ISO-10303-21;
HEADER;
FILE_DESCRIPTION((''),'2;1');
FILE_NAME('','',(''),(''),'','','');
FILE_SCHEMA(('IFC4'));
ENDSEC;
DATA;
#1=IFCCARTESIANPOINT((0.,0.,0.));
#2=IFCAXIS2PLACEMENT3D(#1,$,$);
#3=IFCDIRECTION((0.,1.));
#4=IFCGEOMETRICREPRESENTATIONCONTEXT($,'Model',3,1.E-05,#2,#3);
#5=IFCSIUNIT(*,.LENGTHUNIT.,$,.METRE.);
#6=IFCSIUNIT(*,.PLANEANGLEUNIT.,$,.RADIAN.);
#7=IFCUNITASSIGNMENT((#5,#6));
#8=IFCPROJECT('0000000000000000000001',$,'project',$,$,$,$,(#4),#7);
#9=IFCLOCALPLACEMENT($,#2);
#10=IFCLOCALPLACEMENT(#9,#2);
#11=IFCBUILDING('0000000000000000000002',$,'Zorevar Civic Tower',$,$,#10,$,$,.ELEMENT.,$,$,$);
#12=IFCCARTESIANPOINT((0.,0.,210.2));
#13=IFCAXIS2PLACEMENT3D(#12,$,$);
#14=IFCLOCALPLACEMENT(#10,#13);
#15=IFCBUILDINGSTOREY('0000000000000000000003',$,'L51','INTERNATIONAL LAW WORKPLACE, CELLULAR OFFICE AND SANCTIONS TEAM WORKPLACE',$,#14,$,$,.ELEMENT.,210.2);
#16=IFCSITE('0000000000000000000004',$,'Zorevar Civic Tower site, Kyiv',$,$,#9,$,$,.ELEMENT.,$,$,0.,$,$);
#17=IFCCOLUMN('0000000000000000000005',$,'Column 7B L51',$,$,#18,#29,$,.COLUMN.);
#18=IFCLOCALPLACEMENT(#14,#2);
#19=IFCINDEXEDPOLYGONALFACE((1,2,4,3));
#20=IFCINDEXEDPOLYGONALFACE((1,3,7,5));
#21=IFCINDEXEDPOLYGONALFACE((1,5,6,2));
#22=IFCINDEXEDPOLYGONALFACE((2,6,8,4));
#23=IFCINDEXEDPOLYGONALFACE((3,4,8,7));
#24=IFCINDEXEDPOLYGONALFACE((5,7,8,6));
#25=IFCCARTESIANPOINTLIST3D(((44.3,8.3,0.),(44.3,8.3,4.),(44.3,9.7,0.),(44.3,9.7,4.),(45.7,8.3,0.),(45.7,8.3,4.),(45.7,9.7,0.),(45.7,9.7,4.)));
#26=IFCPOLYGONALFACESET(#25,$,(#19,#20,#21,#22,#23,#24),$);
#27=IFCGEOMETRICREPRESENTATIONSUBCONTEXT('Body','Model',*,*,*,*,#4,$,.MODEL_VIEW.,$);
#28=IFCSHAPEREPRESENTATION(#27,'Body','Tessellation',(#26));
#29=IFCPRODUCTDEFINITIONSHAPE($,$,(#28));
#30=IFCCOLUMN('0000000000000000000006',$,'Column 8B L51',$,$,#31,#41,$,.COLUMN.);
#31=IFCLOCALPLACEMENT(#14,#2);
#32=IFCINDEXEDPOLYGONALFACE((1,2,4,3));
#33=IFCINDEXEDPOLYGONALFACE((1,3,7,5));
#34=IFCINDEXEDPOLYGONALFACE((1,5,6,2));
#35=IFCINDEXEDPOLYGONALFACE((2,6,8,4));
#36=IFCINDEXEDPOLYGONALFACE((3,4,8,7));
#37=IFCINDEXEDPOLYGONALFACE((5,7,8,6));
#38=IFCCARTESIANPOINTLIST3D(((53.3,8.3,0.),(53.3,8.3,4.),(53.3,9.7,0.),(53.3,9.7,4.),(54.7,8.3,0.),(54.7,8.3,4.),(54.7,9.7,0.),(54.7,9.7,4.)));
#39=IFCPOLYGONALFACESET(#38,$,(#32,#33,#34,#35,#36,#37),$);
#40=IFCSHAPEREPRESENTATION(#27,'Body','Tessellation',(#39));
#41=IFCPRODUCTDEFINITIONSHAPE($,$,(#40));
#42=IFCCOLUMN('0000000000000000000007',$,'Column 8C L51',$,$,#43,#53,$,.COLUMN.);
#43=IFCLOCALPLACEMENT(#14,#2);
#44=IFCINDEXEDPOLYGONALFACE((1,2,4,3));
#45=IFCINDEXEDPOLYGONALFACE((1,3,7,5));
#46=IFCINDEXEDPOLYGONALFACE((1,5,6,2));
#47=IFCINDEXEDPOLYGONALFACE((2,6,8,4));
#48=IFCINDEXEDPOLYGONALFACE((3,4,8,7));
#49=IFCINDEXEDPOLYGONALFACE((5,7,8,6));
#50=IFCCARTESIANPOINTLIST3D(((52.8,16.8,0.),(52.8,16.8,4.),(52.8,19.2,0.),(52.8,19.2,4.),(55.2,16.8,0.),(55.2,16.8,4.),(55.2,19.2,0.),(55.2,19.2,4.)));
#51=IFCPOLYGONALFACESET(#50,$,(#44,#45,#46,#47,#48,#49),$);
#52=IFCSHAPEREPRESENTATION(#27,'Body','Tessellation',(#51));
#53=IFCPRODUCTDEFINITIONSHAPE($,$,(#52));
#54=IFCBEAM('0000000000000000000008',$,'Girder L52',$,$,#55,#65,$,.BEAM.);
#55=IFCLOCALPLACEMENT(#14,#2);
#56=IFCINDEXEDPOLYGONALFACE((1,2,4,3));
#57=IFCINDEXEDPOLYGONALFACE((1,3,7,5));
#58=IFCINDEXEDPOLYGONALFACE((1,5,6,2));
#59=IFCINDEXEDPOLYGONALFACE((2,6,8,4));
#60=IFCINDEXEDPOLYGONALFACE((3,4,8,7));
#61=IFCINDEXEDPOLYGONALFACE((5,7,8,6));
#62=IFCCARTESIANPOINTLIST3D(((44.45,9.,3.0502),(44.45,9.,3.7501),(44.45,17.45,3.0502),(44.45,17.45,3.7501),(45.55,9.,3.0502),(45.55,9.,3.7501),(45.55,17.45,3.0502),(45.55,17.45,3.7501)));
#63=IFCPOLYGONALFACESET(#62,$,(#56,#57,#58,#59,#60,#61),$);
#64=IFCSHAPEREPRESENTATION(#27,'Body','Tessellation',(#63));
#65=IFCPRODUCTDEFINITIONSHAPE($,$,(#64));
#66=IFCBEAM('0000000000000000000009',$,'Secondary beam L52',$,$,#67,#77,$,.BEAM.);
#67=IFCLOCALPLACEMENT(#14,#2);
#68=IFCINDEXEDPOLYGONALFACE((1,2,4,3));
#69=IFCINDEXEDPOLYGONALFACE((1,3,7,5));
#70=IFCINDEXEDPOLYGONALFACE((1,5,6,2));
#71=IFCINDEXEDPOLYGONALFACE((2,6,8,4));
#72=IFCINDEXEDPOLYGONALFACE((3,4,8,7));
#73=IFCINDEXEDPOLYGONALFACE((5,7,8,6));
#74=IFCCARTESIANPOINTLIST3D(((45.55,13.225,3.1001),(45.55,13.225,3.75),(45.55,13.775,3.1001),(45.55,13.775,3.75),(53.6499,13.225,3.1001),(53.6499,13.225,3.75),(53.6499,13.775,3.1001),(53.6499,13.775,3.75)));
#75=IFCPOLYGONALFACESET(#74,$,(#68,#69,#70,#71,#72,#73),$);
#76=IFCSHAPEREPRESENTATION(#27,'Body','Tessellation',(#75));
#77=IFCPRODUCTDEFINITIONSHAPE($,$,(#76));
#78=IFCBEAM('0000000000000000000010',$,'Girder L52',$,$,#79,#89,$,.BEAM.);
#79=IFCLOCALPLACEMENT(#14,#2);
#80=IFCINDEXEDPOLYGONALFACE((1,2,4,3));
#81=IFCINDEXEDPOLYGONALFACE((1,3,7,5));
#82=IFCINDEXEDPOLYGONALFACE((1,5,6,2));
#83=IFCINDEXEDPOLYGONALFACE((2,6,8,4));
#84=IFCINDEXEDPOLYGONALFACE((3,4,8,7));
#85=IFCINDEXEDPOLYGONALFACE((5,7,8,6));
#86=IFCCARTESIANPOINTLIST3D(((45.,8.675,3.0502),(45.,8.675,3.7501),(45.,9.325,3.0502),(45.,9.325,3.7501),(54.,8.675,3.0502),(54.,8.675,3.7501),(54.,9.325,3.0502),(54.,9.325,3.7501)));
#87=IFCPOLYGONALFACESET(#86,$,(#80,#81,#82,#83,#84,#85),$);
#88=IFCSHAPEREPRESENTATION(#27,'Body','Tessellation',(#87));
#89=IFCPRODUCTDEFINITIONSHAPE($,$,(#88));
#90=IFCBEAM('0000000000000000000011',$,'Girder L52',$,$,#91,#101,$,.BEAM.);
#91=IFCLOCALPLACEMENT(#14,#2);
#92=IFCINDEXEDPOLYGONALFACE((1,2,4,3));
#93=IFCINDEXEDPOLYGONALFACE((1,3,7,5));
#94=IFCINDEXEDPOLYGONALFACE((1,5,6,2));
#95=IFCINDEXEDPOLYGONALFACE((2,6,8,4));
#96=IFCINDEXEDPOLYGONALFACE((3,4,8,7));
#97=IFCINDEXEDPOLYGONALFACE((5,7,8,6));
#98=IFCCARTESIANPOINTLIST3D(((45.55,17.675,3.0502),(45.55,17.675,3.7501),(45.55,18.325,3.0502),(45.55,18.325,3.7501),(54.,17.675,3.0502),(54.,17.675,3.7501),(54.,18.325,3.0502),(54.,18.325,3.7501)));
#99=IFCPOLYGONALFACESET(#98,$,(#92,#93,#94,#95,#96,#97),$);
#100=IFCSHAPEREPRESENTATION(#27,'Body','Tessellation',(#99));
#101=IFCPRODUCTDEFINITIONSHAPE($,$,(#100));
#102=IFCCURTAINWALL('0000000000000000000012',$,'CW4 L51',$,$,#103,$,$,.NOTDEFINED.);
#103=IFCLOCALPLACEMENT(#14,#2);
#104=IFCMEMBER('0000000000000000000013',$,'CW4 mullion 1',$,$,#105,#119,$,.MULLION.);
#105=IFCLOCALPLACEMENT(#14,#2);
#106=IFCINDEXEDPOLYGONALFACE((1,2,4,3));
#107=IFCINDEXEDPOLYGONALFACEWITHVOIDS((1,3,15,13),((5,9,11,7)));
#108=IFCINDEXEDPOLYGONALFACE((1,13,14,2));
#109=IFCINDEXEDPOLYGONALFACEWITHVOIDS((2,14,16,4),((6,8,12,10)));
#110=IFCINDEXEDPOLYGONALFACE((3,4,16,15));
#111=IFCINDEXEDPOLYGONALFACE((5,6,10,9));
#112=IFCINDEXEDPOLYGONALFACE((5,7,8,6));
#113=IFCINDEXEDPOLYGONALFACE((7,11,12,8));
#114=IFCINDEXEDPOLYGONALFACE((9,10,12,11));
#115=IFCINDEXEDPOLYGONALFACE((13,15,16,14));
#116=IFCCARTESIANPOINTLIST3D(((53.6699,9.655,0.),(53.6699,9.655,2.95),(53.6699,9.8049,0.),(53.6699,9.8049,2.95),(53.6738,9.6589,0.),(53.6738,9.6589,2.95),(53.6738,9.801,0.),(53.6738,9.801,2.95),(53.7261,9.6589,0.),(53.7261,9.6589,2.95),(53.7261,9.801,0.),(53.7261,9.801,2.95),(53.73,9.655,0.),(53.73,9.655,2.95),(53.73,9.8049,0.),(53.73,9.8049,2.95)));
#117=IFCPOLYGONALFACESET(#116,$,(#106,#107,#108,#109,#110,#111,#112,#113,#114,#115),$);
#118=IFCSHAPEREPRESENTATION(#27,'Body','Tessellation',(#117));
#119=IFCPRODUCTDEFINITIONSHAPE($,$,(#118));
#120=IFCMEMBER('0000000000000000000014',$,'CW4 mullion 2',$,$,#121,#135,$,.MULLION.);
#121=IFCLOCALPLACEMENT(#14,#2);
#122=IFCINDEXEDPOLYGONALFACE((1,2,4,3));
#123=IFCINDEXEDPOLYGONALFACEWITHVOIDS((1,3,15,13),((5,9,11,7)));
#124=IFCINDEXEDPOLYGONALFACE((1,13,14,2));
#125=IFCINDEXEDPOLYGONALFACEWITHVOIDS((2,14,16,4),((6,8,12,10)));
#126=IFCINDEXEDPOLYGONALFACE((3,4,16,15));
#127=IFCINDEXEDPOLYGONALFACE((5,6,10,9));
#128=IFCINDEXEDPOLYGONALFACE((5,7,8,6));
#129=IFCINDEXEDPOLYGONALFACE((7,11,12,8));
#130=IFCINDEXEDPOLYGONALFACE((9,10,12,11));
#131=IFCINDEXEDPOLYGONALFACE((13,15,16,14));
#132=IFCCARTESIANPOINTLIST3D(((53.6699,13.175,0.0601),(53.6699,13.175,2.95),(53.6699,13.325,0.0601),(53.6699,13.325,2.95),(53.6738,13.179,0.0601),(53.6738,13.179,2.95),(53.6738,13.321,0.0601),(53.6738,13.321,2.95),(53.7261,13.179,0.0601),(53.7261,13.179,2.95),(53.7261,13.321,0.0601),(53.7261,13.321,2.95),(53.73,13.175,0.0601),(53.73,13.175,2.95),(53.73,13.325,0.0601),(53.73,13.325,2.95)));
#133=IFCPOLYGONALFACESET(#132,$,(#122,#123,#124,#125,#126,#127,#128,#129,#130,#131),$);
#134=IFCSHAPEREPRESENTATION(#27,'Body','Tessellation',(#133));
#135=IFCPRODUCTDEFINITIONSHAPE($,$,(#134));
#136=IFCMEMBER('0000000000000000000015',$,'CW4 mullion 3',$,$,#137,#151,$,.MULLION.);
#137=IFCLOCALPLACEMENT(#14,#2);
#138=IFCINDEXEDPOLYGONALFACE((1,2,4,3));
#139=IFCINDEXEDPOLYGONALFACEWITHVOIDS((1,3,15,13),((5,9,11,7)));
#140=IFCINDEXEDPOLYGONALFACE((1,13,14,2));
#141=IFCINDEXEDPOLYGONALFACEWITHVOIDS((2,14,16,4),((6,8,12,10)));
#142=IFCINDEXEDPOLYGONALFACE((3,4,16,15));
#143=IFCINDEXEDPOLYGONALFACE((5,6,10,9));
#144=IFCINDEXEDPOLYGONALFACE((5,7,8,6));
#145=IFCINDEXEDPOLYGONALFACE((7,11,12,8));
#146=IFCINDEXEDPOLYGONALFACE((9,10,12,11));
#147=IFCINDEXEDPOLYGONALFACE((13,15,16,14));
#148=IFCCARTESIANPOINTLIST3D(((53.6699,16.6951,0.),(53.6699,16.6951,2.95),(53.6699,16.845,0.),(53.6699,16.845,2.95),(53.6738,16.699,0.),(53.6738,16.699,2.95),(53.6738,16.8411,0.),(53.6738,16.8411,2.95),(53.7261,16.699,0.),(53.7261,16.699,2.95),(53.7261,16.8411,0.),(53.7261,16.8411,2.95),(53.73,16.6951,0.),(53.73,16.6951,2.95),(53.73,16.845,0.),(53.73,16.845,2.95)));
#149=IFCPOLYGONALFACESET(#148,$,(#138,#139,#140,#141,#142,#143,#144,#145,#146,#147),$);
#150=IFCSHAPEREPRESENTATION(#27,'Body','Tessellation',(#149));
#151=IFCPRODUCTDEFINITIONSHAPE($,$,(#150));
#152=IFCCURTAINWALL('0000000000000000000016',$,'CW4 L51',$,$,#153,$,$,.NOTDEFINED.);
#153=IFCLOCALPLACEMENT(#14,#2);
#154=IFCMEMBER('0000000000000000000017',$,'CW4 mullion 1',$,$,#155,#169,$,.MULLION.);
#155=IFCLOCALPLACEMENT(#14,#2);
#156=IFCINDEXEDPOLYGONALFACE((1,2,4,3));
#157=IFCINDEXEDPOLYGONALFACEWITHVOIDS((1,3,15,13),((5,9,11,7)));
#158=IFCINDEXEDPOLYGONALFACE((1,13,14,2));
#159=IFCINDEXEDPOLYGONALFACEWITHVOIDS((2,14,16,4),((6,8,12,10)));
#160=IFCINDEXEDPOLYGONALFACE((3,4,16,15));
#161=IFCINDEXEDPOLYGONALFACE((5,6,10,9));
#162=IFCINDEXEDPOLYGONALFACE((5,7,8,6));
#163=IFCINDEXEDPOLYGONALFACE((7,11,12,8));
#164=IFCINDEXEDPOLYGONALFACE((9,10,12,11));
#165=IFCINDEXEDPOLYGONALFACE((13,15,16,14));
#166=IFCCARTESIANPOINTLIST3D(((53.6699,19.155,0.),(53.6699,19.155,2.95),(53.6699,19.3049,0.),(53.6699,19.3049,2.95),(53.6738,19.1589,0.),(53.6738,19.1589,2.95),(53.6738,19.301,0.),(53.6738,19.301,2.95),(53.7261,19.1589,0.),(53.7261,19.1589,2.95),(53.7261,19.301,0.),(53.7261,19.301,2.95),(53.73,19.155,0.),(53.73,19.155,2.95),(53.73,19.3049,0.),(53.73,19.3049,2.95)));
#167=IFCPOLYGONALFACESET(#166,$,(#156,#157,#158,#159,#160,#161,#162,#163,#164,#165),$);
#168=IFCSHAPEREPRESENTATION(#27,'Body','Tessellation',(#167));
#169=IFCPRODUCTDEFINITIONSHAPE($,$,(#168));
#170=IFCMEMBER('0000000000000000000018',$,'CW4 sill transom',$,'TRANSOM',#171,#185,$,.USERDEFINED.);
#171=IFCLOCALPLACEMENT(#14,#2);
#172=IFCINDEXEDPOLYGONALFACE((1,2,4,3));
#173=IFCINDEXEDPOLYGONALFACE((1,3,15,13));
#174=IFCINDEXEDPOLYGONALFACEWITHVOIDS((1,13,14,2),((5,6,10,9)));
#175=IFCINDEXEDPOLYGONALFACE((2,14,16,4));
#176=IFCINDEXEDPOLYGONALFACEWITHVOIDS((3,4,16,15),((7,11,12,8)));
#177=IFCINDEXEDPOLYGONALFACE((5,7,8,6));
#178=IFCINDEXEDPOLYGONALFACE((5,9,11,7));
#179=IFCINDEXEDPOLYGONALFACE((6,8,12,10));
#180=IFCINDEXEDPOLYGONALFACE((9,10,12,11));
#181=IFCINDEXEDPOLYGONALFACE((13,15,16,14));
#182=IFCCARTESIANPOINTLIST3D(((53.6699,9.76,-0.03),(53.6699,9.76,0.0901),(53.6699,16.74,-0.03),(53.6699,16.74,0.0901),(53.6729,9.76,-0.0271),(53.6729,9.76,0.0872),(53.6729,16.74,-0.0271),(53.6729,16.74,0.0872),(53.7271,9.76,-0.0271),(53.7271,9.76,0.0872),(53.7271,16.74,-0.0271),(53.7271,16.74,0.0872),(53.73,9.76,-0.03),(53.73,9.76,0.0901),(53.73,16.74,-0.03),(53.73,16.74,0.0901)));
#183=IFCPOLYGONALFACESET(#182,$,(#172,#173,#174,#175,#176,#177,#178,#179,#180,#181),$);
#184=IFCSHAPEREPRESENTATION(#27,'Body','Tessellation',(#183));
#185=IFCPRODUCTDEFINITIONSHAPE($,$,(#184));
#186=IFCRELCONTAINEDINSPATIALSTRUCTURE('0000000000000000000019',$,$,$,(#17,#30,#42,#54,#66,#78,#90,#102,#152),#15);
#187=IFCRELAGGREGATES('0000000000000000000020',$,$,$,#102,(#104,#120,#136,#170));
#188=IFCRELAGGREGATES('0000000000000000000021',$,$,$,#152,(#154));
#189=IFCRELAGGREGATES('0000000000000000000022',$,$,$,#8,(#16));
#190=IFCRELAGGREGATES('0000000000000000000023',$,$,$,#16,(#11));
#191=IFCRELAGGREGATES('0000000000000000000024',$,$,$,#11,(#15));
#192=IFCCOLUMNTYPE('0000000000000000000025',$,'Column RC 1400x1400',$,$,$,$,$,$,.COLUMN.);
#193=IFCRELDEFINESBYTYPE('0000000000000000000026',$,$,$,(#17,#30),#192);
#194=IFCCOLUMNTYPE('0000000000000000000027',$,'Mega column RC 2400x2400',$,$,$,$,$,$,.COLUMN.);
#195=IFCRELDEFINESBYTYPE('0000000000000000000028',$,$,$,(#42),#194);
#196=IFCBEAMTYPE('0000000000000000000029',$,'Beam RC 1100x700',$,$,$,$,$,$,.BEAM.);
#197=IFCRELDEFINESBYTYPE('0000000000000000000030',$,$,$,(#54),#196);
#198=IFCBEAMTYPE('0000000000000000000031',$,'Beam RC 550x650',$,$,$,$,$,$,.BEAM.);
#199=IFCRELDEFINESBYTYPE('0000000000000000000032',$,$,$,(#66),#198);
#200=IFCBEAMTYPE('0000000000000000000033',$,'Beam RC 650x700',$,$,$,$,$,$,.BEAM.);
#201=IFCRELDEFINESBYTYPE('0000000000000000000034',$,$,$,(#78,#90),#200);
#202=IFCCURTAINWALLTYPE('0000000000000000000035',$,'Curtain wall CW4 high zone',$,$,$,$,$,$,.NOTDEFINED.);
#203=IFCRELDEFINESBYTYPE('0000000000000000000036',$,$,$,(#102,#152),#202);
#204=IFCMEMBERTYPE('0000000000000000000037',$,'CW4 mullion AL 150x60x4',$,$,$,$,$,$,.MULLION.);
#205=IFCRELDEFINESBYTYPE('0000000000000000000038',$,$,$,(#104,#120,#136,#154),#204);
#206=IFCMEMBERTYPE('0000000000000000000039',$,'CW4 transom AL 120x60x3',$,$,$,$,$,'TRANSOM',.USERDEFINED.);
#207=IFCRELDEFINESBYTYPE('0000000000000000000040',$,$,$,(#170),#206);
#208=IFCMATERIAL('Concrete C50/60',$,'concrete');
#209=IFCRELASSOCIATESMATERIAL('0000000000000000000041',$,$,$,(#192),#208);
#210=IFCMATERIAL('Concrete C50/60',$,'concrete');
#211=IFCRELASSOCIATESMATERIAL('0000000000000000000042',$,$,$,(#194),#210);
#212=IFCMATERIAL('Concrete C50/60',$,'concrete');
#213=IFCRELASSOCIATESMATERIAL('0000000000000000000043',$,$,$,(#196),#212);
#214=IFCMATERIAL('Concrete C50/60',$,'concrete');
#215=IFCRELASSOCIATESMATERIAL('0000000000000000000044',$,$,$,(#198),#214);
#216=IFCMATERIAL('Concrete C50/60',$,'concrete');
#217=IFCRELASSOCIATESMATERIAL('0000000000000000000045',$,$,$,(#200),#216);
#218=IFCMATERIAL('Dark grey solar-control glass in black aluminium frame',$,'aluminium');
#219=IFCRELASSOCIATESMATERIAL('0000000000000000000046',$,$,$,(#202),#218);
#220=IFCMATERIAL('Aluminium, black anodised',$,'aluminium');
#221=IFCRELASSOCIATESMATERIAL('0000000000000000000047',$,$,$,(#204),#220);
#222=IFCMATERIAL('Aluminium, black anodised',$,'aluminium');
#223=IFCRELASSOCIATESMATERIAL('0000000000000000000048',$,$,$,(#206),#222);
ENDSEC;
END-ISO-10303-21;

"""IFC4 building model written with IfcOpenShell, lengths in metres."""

from ifc_helpers import new_model, si_unit, direction, frame, origin, origin_2d, place, context, subcontext, project, spatial, rectangle, hollow_rectangle, extrude, material, material_profile, profile_set, type_object, element, aggregate, save


model = new_model("IFC4")

# Units and contexts
model_context = context("Model", 3, precision=1e-05, world=origin(), true_north=direction((0.0, 1.0)))
body_context = subcontext(model_context, "Body", "Model", "MODEL_VIEW")
ifc_project = project(units=[si_unit("LENGTHUNIT", "METRE"), si_unit("PLANEANGLEUNIT", "RADIAN")], contexts=[model_context])

# Site, building, storey
site_placement = place(None, origin())
site = spatial("IfcSite", under=ifc_project, at=site_placement, Name="Zorevar Civic Tower site, Kyiv", CompositionType="ELEMENT", RefElevation=0.0)
building_placement = place(site_placement, origin())
building = spatial("IfcBuilding", under=site, at=building_placement, Name="Zorevar Civic Tower", CompositionType="ELEMENT")
storey_placement = place(building_placement, frame((0.0, 0.0, 210.2)))
storey = spatial("IfcBuildingStorey", under=building, at=storey_placement, Name="L51", Description="INTERNATIONAL LAW WORKPLACE, CELLULAR OFFICE AND SANCTIONS TEAM WORKPLACE", CompositionType="ELEMENT", Elevation=210.2)

# Columns
ifc_material_1 = material(Name="Concrete C50/60", Category="concrete")
ifc_material_profile_1 = material_profile(ifc_material_1, rectangle(XDim=1.3999, YDim=1.3999, at=origin_2d()), Name="RC 1400x1400")
ifc_profile_set_1 = profile_set([ifc_material_profile_1], Name="Concrete C50/60")
column_type_1 = type_object("IfcColumnType", Name="Column RC 1400x1400", PredefinedType="COLUMN", material=ifc_profile_set_1)
for number, where, z_axis, x_axis, name in (
    (1, (45.0, 9.0, 0.0), (0.0, 0.0, 1.0), (1.0, 0.0, 0.0), "Column 7B L51"),
    (2, (54.0, 9.0, 0.0), (0.0, 0.0, 1.0), (1.0, 0.0, 0.0), "Column 8B L51"),
):
    element("IfcColumn", number, at=place(storey_placement, frame(where, z_axis=z_axis, x_axis=x_axis)), inside=storey, type_object=column_type_1, Name=name, PredefinedType="COLUMN", context=body_context, shape_type="SweptSolid", body=[
        extrude(rectangle(XDim=1.3999, YDim=1.3999, at=origin_2d()), origin(), (0.0, 0.0, 1.0), 4.0),
    ])
ifc_material_2 = material(Name="Concrete C50/60", Category="concrete")
ifc_material_profile_2 = material_profile(ifc_material_2, rectangle(XDim=2.3999, YDim=2.3999, at=origin_2d()), Name="RC 2400x2400")
ifc_profile_set_2 = profile_set([ifc_material_profile_2], Name="Concrete C50/60")
column_type_2 = type_object("IfcColumnType", Name="Mega column RC 2400x2400", PredefinedType="COLUMN", material=ifc_profile_set_2)
column_placement = place(storey_placement, frame((54.0, 18.0, 0.0), z_axis=(0.0, 0.0, 1.0), x_axis=(1.0, 0.0, 0.0)))
element("IfcColumn", 3, at=column_placement, inside=storey, type_object=column_type_2, Name="Column 8C L51", PredefinedType="COLUMN", context=body_context, shape_type="SweptSolid", body=[
    extrude(rectangle(XDim=2.3999, YDim=2.3999, at=origin_2d()), origin(), (0.0, 0.0, 1.0), 4.0),
])

# Beams
ifc_material_3 = material(Name="Concrete C50/60", Category="concrete")
ifc_material_profile_3 = material_profile(ifc_material_3, rectangle(XDim=1.1001, YDim=0.7, at=origin_2d()), Name="RC 1100x700")
ifc_profile_set_3 = profile_set([ifc_material_profile_3], Name="Concrete C50/60")
beam_type_1 = type_object("IfcBeamType", Name="Beam RC 1100x700", PredefinedType="BEAM", material=ifc_profile_set_3)
beam_1_placement = place(storey_placement, frame((45.0, 9.0, 3.4001), z_axis=(0.0, 1.0, 0.0), x_axis=(-1.0, 0.0, 0.0)))
element("IfcBeam", 4, at=beam_1_placement, inside=storey, type_object=beam_type_1, Name="Girder L52", PredefinedType="BEAM", context=body_context, shape_type="SweptSolid", body=[
    extrude(rectangle(XDim=1.1001, YDim=0.7, at=origin_2d()), origin(), (0.0, 0.0, 1.0), 8.45),
])
ifc_material_4 = material(Name="Concrete C50/60", Category="concrete")
ifc_material_profile_4 = material_profile(ifc_material_4, rectangle(XDim=0.55, YDim=0.6499, at=origin_2d()), Name="RC 550x650")
ifc_profile_set_4 = profile_set([ifc_material_profile_4], Name="Concrete C50/60")
beam_type_2 = type_object("IfcBeamType", Name="Beam RC 550x650", PredefinedType="BEAM", material=ifc_profile_set_4)
beam_2_placement = place(storey_placement, frame((45.55, 13.5, 3.425), z_axis=(1.0, 0.0, 0.0), x_axis=(0.0, 1.0, 0.0)))
element("IfcBeam", 5, at=beam_2_placement, inside=storey, type_object=beam_type_2, Name="Secondary beam L52", PredefinedType="BEAM", context=body_context, shape_type="SweptSolid", body=[
    extrude(rectangle(XDim=0.55, YDim=0.6499, at=origin_2d()), origin(), (0.0, 0.0, 1.0), 8.0999),
])
ifc_material_5 = material(Name="Concrete C50/60", Category="concrete")
ifc_material_profile_5 = material_profile(ifc_material_5, rectangle(XDim=0.6499, YDim=0.7, at=origin_2d()), Name="RC 650x700")
ifc_profile_set_5 = profile_set([ifc_material_profile_5], Name="Concrete C50/60")
beam_type_3 = type_object("IfcBeamType", Name="Beam RC 650x700", PredefinedType="BEAM", material=ifc_profile_set_5)
beam_3_placement = place(storey_placement, frame((45.0, 9.0, 3.4001), z_axis=(1.0, 0.0, 0.0), x_axis=(0.0, 1.0, 0.0)))
element("IfcBeam", 6, at=beam_3_placement, inside=storey, type_object=beam_type_3, Name="Girder L52", PredefinedType="BEAM", context=body_context, shape_type="SweptSolid", body=[
    extrude(rectangle(XDim=0.6499, YDim=0.7, at=origin_2d()), origin(), (0.0, 0.0, 1.0), 9.0),
])
beam_4_placement = place(storey_placement, frame((45.55, 18.0, 3.4001), z_axis=(1.0, 0.0, 0.0), x_axis=(0.0, 1.0, 0.0)))
element("IfcBeam", 7, at=beam_4_placement, inside=storey, type_object=beam_type_3, Name="Girder L52", PredefinedType="BEAM", context=body_context, shape_type="SweptSolid", body=[
    extrude(rectangle(XDim=0.6499, YDim=0.7, at=origin_2d()), origin(), (0.0, 0.0, 1.0), 8.45),
])

# Curtain wall, members
ifc_material_6 = material(Name="Dark grey solar-control glass in black aluminium frame", Category="aluminium")
curtain_wall_type = type_object("IfcCurtainWallType", Name="Curtain wall CW4 high zone", PredefinedType="NOTDEFINED", material=ifc_material_6)
curtain_wall_1_placement = place(storey_placement, origin())
curtain_wall_1 = element("IfcCurtainWall", 8, at=curtain_wall_1_placement, inside=storey, type_object=curtain_wall_type, Name="CW4 L51", PredefinedType="NOTDEFINED")
ifc_material_7 = material(Name="Aluminium, black anodised", Category="aluminium")
ifc_material_profile_6 = material_profile(ifc_material_7, hollow_rectangle(XDim=0.0601, YDim=0.1499, WallThickness=0.0039, at=origin_2d()), Name="AL 150x60x4")
ifc_profile_set_6 = profile_set([ifc_material_profile_6], Name="Aluminium, black anodised")
member_type_1 = type_object("IfcMemberType", Name="CW4 mullion AL 150x60x4", PredefinedType="MULLION", material=ifc_profile_set_6)
member_1_placement = place(storey_placement, frame((53.7, 9.73, 0.0), z_axis=(0.0, 0.0, 1.0), x_axis=(-1.0, 0.0, 0.0)))
member_1 = element("IfcMember", 9, at=member_1_placement, type_object=member_type_1, Name="CW4 mullion 1", PredefinedType="MULLION", context=body_context, shape_type="SweptSolid", body=[
    extrude(hollow_rectangle(XDim=0.0601, YDim=0.1499, WallThickness=0.0039, at=origin_2d()), origin(), (0.0, 0.0, 1.0), 2.95),
])
member_2_placement = place(storey_placement, frame((53.7, 13.25, 0.0601), z_axis=(0.0, 0.0, 1.0), x_axis=(-1.0, 0.0, 0.0)))
member_2 = element("IfcMember", 10, at=member_2_placement, type_object=member_type_1, Name="CW4 mullion 2", PredefinedType="MULLION", context=body_context, shape_type="SweptSolid", body=[
    extrude(hollow_rectangle(XDim=0.0601, YDim=0.1499, WallThickness=0.0039, at=origin_2d()), origin(), (0.0, 0.0, 1.0), 2.8899),
])
member_3_placement = place(storey_placement, frame((53.7, 16.77, 0.0), z_axis=(0.0, 0.0, 1.0), x_axis=(-1.0, 0.0, 0.0)))
member_3 = element("IfcMember", 11, at=member_3_placement, type_object=member_type_1, Name="CW4 mullion 3", PredefinedType="MULLION", context=body_context, shape_type="SweptSolid", body=[
    extrude(hollow_rectangle(XDim=0.0601, YDim=0.1499, WallThickness=0.0039, at=origin_2d()), origin(), (0.0, 0.0, 1.0), 2.95),
])

# Curtain wall, member
curtain_wall_2_placement = place(storey_placement, origin())
curtain_wall_2 = element("IfcCurtainWall", 12, at=curtain_wall_2_placement, inside=storey, type_object=curtain_wall_type, Name="CW4 L51", PredefinedType="NOTDEFINED")
member_4_placement = place(storey_placement, frame((53.7, 19.23, 0.0), z_axis=(0.0, 0.0, 1.0), x_axis=(-1.0, 0.0, 0.0)))
member_4 = element("IfcMember", 13, at=member_4_placement, type_object=member_type_1, Name="CW4 mullion 1", PredefinedType="MULLION", context=body_context, shape_type="SweptSolid", body=[
    extrude(hollow_rectangle(XDim=0.0601, YDim=0.1499, WallThickness=0.0039, at=origin_2d()), origin(), (0.0, 0.0, 1.0), 2.95),
])

# Member
ifc_material_8 = material(Name="Aluminium, black anodised", Category="aluminium")
ifc_material_profile_7 = material_profile(ifc_material_8, hollow_rectangle(XDim=0.0601, YDim=0.1201, WallThickness=0.0029, at=origin_2d()), Name="AL 120x60x3")
ifc_profile_set_7 = profile_set([ifc_material_profile_7], Name="Aluminium, black anodised")
member_type_2 = type_object("IfcMemberType", Name="CW4 transom AL 120x60x3", ElementType="TRANSOM", PredefinedType="USERDEFINED", material=ifc_profile_set_7)
member_5_placement = place(storey_placement, frame((53.7, 9.76, 0.03), z_axis=(0.0, 1.0, 0.0), x_axis=(-1.0, 0.0, 0.0)))
member_5 = element("IfcMember", 14, at=member_5_placement, type_object=member_type_2, Name="CW4 sill transom", ObjectType="TRANSOM", PredefinedType="USERDEFINED", context=body_context, shape_type="SweptSolid", body=[
    extrude(hollow_rectangle(XDim=0.0601, YDim=0.1201, WallThickness=0.0029, at=origin_2d()), origin(), (0.0, 0.0, 1.0), 6.98),
])

aggregate(curtain_wall_1, [member_1, member_2, member_3, member_5])
aggregate(curtain_wall_2, [member_4])

save(model, "model.ifc")
